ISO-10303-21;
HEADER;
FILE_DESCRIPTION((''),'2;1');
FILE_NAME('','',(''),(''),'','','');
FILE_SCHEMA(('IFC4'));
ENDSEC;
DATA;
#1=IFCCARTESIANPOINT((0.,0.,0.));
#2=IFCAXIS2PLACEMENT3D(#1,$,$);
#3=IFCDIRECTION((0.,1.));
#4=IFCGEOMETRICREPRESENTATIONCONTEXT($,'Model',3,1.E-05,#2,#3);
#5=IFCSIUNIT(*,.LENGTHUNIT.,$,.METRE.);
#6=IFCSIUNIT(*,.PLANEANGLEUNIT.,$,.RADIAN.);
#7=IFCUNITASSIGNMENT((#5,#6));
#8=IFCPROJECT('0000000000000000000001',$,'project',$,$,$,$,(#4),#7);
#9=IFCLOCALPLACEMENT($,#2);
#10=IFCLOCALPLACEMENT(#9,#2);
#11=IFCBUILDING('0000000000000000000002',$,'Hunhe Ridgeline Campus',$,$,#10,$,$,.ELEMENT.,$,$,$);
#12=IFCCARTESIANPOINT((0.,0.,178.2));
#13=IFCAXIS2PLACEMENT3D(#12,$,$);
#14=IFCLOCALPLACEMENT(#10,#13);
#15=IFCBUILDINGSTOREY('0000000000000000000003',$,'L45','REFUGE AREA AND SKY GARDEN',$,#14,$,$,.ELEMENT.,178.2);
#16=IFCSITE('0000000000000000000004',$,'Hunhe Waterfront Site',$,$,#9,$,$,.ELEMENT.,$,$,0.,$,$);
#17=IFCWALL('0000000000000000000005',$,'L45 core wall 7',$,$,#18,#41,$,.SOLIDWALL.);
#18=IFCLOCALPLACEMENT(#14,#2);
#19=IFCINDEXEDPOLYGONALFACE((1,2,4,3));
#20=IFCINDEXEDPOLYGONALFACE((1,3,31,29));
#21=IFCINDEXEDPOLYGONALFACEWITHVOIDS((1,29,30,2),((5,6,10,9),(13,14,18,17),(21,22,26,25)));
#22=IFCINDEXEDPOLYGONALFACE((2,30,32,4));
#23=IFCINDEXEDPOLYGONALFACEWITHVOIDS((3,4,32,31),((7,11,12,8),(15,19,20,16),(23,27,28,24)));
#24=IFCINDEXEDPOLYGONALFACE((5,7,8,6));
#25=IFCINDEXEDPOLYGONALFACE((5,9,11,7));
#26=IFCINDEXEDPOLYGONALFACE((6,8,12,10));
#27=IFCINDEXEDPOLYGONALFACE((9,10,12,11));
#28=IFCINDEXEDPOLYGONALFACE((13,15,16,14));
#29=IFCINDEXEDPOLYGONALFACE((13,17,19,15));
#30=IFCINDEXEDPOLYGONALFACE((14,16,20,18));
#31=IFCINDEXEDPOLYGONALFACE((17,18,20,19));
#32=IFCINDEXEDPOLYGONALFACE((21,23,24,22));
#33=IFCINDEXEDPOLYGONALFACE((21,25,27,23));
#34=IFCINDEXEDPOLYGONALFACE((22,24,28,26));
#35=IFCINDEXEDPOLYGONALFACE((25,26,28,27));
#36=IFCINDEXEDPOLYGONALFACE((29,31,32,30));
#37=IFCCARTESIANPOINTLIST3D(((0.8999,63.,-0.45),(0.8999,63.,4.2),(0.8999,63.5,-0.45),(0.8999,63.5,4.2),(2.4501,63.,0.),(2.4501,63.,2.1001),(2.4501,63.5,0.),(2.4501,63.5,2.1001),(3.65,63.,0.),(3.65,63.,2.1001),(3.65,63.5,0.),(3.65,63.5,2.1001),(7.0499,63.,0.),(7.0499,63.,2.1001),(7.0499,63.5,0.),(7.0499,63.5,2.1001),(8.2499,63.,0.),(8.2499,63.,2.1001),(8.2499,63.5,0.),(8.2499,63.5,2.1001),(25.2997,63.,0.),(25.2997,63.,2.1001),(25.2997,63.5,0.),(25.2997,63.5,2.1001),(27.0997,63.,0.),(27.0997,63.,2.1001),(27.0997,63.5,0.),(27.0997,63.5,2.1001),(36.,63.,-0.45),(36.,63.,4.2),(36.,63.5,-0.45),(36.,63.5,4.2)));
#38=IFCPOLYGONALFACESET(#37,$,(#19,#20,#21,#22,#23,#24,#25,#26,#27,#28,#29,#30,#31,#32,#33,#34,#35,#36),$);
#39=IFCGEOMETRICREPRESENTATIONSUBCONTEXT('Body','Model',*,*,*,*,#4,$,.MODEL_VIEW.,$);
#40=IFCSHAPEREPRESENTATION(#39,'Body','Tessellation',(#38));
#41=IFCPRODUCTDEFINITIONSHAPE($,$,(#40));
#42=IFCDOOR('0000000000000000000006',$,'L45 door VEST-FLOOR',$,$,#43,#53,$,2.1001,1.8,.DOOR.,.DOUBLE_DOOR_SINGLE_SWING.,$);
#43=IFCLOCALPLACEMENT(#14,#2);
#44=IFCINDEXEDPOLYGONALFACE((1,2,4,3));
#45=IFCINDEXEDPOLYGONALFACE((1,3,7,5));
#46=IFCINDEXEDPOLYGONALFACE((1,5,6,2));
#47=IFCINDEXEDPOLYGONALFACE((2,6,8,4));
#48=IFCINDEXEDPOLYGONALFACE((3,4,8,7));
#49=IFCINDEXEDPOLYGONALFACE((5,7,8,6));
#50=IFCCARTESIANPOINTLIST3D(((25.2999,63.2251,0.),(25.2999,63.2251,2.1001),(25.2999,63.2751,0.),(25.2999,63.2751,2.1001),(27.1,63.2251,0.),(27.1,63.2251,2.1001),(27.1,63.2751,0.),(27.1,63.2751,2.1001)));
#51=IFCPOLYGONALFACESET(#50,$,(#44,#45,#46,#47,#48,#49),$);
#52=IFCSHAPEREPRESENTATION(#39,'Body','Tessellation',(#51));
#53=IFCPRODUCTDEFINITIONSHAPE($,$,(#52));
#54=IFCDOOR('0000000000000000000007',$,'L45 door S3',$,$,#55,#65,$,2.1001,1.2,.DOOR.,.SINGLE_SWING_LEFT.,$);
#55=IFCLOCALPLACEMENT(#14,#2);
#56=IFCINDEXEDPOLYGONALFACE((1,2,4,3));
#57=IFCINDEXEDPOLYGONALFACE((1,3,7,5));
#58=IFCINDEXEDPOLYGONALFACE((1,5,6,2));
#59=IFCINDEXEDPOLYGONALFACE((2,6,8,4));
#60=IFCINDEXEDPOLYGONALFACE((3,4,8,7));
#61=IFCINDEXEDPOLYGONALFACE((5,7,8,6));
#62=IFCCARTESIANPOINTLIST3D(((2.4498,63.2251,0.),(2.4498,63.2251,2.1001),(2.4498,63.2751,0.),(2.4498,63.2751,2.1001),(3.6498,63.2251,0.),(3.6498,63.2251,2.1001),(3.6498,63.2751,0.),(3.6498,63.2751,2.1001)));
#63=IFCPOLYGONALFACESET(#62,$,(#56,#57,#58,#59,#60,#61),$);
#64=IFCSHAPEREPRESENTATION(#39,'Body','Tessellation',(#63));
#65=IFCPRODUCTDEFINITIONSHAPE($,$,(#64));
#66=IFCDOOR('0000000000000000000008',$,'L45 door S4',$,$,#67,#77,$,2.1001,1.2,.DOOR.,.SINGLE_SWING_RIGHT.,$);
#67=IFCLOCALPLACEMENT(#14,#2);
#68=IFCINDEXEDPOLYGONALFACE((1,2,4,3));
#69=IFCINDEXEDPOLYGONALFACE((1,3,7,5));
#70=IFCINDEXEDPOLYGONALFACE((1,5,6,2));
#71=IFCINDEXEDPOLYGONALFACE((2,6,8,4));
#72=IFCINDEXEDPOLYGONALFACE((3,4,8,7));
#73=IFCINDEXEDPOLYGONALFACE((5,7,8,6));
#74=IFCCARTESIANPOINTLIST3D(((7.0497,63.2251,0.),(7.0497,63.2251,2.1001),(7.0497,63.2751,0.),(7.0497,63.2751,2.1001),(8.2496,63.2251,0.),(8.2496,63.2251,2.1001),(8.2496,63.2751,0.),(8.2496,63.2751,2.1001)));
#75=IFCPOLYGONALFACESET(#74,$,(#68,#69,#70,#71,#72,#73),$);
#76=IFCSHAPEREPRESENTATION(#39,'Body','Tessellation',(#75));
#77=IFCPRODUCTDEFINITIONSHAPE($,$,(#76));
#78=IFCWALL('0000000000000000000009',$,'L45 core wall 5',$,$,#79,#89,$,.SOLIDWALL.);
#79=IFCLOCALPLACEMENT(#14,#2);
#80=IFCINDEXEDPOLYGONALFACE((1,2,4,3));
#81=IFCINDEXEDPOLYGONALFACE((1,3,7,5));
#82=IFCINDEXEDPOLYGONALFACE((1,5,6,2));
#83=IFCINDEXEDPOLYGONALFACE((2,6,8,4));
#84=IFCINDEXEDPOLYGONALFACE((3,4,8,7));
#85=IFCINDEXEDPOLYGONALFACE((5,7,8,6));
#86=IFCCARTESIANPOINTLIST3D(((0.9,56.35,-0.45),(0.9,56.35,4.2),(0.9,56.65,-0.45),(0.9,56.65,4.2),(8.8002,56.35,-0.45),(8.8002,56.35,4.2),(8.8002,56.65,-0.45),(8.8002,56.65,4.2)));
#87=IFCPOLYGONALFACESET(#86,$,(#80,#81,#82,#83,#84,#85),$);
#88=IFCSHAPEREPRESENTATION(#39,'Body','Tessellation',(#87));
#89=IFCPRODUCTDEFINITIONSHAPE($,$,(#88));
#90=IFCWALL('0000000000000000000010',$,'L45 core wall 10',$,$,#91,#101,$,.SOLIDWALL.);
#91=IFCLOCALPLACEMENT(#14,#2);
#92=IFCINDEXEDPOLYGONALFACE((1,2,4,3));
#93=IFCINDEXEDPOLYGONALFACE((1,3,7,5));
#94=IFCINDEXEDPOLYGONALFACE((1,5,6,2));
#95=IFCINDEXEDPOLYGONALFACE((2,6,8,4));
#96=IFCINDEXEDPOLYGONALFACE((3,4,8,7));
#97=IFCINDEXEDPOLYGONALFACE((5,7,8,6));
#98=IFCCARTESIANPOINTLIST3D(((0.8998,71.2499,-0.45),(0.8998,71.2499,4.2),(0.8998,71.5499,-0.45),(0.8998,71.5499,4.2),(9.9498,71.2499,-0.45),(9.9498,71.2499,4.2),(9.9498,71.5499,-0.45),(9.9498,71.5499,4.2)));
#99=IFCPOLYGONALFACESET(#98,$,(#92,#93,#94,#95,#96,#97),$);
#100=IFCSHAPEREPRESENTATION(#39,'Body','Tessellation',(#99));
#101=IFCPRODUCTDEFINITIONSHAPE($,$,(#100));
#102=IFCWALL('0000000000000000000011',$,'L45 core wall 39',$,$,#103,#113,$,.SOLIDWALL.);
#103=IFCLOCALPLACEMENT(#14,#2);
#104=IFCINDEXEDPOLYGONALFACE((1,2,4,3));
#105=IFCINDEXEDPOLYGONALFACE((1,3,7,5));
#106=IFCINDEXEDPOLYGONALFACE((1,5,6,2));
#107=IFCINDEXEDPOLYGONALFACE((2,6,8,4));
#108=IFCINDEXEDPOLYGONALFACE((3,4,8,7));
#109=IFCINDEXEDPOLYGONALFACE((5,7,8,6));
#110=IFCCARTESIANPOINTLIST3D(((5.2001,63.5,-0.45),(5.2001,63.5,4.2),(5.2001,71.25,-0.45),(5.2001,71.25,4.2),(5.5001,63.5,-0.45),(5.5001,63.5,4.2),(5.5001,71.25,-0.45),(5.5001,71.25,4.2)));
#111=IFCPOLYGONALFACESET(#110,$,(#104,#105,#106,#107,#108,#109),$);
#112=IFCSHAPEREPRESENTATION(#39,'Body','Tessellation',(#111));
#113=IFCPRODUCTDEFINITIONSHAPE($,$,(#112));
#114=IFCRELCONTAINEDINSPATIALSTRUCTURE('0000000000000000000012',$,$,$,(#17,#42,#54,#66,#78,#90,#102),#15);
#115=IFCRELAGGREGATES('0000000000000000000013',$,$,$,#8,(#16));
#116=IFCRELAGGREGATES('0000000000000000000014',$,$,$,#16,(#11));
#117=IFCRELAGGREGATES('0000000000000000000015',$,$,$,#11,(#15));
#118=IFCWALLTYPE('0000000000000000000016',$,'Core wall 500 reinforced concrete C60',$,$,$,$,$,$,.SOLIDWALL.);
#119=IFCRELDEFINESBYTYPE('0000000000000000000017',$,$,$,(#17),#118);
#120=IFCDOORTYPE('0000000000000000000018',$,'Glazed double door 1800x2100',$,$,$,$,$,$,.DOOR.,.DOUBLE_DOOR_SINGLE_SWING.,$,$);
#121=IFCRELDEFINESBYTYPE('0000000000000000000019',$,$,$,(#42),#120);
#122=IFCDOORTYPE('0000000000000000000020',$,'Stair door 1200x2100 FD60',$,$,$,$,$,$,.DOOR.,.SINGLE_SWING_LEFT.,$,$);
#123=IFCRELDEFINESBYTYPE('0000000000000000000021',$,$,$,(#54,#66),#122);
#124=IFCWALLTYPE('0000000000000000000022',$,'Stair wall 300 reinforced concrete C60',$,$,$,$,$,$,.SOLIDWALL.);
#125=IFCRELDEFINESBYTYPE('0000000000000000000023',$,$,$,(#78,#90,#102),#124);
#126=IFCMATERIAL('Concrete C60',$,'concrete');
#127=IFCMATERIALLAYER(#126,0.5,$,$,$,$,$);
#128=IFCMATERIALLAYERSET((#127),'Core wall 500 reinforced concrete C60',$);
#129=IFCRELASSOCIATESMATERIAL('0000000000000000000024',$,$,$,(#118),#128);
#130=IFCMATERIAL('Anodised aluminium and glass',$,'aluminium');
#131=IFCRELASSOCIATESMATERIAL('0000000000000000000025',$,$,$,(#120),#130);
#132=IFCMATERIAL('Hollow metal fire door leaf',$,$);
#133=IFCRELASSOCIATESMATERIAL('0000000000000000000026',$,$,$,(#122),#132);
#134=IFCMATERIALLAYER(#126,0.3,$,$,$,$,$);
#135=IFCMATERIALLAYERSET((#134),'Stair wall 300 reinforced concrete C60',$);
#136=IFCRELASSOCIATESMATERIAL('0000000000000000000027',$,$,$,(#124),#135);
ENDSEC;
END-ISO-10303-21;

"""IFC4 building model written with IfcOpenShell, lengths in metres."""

from ifc_helpers import new_model, si_unit, direction, frame, frame_2d, origin, place, context, subcontext, project, spatial, rectangle, extrude, material, layer, layer_set, type_object, element, fill, save


model = new_model("IFC4")

# Units and contexts
model_context = context("Model", 3, precision=1e-05, world=origin(), true_north=direction((0.0, 1.0)))
body_context = subcontext(model_context, "Body", "Model", "MODEL_VIEW")
ifc_project = project(units=[si_unit("LENGTHUNIT", "METRE"), si_unit("PLANEANGLEUNIT", "RADIAN")], contexts=[model_context])

# Site, building, storey
site_placement = place(None, origin())
site = spatial("IfcSite", under=ifc_project, at=site_placement, Name="Hunhe Waterfront Site", CompositionType="ELEMENT", RefElevation=0.0)
building_placement = place(site_placement, origin())
building = spatial("IfcBuilding", under=site, at=building_placement, Name="Hunhe Ridgeline Campus", CompositionType="ELEMENT")
storey_placement = place(building_placement, frame((0.0, 0.0, 178.2)))
storey = spatial("IfcBuildingStorey", under=building, at=storey_placement, Name="L45", Description="REFUGE AREA AND SKY GARDEN", CompositionType="ELEMENT", Elevation=178.2)

# Wall, openings, doors
ifc_material_1 = material(Name="Concrete C60", Category="concrete")
ifc_layer_1 = layer(ifc_material_1, 0.5)
ifc_layer_set_1 = layer_set([ifc_layer_1], Name="Core wall 500 reinforced concrete C60")
wall_type_1 = type_object("IfcWallType", Name="Core wall 500 reinforced concrete C60", PredefinedType="SOLIDWALL", material=ifc_layer_set_1)
wall_1_placement = place(storey_placement, frame((0.8999, 63.25, -0.45), z_axis=(0.0, 0.0, 1.0), x_axis=(1.0, 0.0, 0.0)))
wall_1 = element("IfcWall", 1, at=wall_1_placement, inside=storey, type_object=wall_type_1, Name="L45 core wall 7", PredefinedType="SOLIDWALL", context=body_context, shape_type="SweptSolid", body=[
    extrude(rectangle(XDim=35.1001, YDim=0.5, at=frame_2d((17.55, 0.0))), origin(), (0.0, 0.0, 1.0), 4.6499),
])
opening_1_placement = place(wall_1_placement, frame((24.3999, 0.0, 0.45)))
opening_1 = element("IfcOpeningElement", 2, at=opening_1_placement, cuts=wall_1, PredefinedType="OPENING", context=body_context, shape_type="SweptSolid", body=[
    extrude(rectangle(XDim=1.8, YDim=2.1001, at=frame_2d((0.8999, 1.05))), frame((0.0, 0.25, 0.0), z_axis=(0.0, -1.0, 0.0), x_axis=(1.0, 0.0, 0.0)), (0.0, 0.0, 1.0), 0.5),
])
opening_2_placement = place(wall_1_placement, frame((1.55, 0.0, 0.45)))
opening_2 = element("IfcOpeningElement", 3, at=opening_2_placement, cuts=wall_1, PredefinedType="OPENING", context=body_context, shape_type="SweptSolid", body=[
    extrude(rectangle(XDim=1.2, YDim=2.1001, at=frame_2d((0.6001, 1.05))), frame((0.0, 0.25, 0.0), z_axis=(0.0, -1.0, 0.0), x_axis=(1.0, 0.0, 0.0)), (0.0, 0.0, 1.0), 0.5),
])
opening_3_placement = place(wall_1_placement, frame((6.1499, 0.0, 0.45)))
opening_3 = element("IfcOpeningElement", 4, at=opening_3_placement, cuts=wall_1, PredefinedType="OPENING", context=body_context, shape_type="SweptSolid", body=[
    extrude(rectangle(XDim=1.2, YDim=2.1001, at=frame_2d((0.6001, 1.05))), frame((0.0, 0.25, 0.0), z_axis=(0.0, -1.0, 0.0), x_axis=(1.0, 0.0, 0.0)), (0.0, 0.0, 1.0), 0.5),
])
ifc_material_2 = material(Name="Anodised aluminium and glass", Category="aluminium")
door_type_1 = type_object("IfcDoorType", Name="Glazed double door 1800x2100", OperationType="DOUBLE_DOOR_SINGLE_SWING", PredefinedType="DOOR", material=ifc_material_2)
door_1_placement = place(opening_1_placement, frame((1.8, 0.0, 0.0), z_axis=(0.0, 0.0, 1.0), x_axis=(-1.0, 0.0, 0.0)))
door_1 = element("IfcDoor", 5, at=door_1_placement, inside=storey, type_object=door_type_1, Name="L45 door VEST-FLOOR", OperationType="DOUBLE_DOOR_SINGLE_SWING", OverallHeight=2.1001, OverallWidth=1.8, PredefinedType="DOOR", context=body_context, shape_type="SweptSolid", body=[
    extrude(rectangle(XDim=1.8, YDim=2.1001, at=frame_2d((0.8999, 1.05))), frame((0.0, 0.0249, 0.0), z_axis=(0.0, -1.0, 0.0), x_axis=(1.0, 0.0, 0.0)), (0.0, 0.0, 1.0), 0.05),
])
fill(opening_1, door_1)
ifc_material_3 = material(Name="Hollow metal fire door leaf")
door_type_2 = type_object("IfcDoorType", Name="Stair door 1200x2100 FD60", OperationType="SINGLE_SWING_LEFT", PredefinedType="DOOR", material=ifc_material_3)
door_2_placement = place(opening_2_placement, frame((1.2, 0.0, 0.0), z_axis=(0.0, 0.0, 1.0), x_axis=(-1.0, 0.0, 0.0)))
door_2 = element("IfcDoor", 6, at=door_2_placement, inside=storey, type_object=door_type_2, Name="L45 door S3", OperationType="SINGLE_SWING_LEFT", OverallHeight=2.1001, OverallWidth=1.2, PredefinedType="DOOR", context=body_context, shape_type="SweptSolid", body=[
    extrude(rectangle(XDim=1.2, YDim=2.1001, at=frame_2d((0.6001, 1.05))), frame((0.0, 0.0249, 0.0), z_axis=(0.0, -1.0, 0.0), x_axis=(1.0, 0.0, 0.0)), (0.0, 0.0, 1.0), 0.05),
])
fill(opening_2, door_2)
door_3_placement = place(opening_3_placement, frame((1.2, 0.0, 0.0), z_axis=(0.0, 0.0, 1.0), x_axis=(-1.0, 0.0, 0.0)))
door_3 = element("IfcDoor", 7, at=door_3_placement, inside=storey, type_object=door_type_2, Name="L45 door S4", OperationType="SINGLE_SWING_RIGHT", OverallHeight=2.1001, OverallWidth=1.2, PredefinedType="DOOR", context=body_context, shape_type="SweptSolid", body=[
    extrude(rectangle(XDim=1.2, YDim=2.1001, at=frame_2d((0.6001, 1.05))), frame((0.0, 0.0249, 0.0), z_axis=(0.0, -1.0, 0.0), x_axis=(1.0, 0.0, 0.0)), (0.0, 0.0, 1.0), 0.05),
])
fill(opening_3, door_3)

# Wall
ifc_layer_2 = layer(ifc_material_1, 0.3)
ifc_layer_set_2 = layer_set([ifc_layer_2], Name="Stair wall 300 reinforced concrete C60")
wall_type_2 = type_object("IfcWallType", Name="Stair wall 300 reinforced concrete C60", PredefinedType="SOLIDWALL", material=ifc_layer_set_2)
wall_2_placement = place(storey_placement, frame((0.8999, 56.5, -0.45), z_axis=(0.0, 0.0, 1.0), x_axis=(1.0, 0.0, 0.0)))
element("IfcWall", 8, at=wall_2_placement, inside=storey, type_object=wall_type_2, Name="L45 core wall 5", PredefinedType="SOLIDWALL", context=body_context, shape_type="SweptSolid", body=[
    extrude(rectangle(XDim=7.9001, YDim=0.3, at=frame_2d((3.9502, 0.0))), origin(), (0.0, 0.0, 1.0), 4.6499),
])

# Walls
wall_3_placement = place(storey_placement, frame((0.8999, 71.3999, -0.45), z_axis=(0.0, 0.0, 1.0), x_axis=(1.0, 0.0, 0.0)))
element("IfcWall", 9, at=wall_3_placement, inside=storey, type_object=wall_type_2, Name="L45 core wall 10", PredefinedType="SOLIDWALL", context=body_context, shape_type="SweptSolid", body=[
    extrude(rectangle(XDim=9.05, YDim=0.3, at=frame_2d((4.5249, 0.0))), origin(), (0.0, 0.0, 1.0), 4.6499),
])
wall_4_placement = place(storey_placement, frame((5.3501, 63.5, -0.45), z_axis=(0.0, 0.0, 1.0), x_axis=(0.0, 1.0, 0.0)))
element("IfcWall", 10, at=wall_4_placement, inside=storey, type_object=wall_type_2, Name="L45 core wall 39", PredefinedType="SOLIDWALL", context=body_context, shape_type="SweptSolid", body=[
    extrude(rectangle(XDim=7.75, YDim=0.3, at=frame_2d((3.875, 0.0))), origin(), (0.0, 0.0, 1.0), 4.6499),
])

save(model, "model.ifc")
